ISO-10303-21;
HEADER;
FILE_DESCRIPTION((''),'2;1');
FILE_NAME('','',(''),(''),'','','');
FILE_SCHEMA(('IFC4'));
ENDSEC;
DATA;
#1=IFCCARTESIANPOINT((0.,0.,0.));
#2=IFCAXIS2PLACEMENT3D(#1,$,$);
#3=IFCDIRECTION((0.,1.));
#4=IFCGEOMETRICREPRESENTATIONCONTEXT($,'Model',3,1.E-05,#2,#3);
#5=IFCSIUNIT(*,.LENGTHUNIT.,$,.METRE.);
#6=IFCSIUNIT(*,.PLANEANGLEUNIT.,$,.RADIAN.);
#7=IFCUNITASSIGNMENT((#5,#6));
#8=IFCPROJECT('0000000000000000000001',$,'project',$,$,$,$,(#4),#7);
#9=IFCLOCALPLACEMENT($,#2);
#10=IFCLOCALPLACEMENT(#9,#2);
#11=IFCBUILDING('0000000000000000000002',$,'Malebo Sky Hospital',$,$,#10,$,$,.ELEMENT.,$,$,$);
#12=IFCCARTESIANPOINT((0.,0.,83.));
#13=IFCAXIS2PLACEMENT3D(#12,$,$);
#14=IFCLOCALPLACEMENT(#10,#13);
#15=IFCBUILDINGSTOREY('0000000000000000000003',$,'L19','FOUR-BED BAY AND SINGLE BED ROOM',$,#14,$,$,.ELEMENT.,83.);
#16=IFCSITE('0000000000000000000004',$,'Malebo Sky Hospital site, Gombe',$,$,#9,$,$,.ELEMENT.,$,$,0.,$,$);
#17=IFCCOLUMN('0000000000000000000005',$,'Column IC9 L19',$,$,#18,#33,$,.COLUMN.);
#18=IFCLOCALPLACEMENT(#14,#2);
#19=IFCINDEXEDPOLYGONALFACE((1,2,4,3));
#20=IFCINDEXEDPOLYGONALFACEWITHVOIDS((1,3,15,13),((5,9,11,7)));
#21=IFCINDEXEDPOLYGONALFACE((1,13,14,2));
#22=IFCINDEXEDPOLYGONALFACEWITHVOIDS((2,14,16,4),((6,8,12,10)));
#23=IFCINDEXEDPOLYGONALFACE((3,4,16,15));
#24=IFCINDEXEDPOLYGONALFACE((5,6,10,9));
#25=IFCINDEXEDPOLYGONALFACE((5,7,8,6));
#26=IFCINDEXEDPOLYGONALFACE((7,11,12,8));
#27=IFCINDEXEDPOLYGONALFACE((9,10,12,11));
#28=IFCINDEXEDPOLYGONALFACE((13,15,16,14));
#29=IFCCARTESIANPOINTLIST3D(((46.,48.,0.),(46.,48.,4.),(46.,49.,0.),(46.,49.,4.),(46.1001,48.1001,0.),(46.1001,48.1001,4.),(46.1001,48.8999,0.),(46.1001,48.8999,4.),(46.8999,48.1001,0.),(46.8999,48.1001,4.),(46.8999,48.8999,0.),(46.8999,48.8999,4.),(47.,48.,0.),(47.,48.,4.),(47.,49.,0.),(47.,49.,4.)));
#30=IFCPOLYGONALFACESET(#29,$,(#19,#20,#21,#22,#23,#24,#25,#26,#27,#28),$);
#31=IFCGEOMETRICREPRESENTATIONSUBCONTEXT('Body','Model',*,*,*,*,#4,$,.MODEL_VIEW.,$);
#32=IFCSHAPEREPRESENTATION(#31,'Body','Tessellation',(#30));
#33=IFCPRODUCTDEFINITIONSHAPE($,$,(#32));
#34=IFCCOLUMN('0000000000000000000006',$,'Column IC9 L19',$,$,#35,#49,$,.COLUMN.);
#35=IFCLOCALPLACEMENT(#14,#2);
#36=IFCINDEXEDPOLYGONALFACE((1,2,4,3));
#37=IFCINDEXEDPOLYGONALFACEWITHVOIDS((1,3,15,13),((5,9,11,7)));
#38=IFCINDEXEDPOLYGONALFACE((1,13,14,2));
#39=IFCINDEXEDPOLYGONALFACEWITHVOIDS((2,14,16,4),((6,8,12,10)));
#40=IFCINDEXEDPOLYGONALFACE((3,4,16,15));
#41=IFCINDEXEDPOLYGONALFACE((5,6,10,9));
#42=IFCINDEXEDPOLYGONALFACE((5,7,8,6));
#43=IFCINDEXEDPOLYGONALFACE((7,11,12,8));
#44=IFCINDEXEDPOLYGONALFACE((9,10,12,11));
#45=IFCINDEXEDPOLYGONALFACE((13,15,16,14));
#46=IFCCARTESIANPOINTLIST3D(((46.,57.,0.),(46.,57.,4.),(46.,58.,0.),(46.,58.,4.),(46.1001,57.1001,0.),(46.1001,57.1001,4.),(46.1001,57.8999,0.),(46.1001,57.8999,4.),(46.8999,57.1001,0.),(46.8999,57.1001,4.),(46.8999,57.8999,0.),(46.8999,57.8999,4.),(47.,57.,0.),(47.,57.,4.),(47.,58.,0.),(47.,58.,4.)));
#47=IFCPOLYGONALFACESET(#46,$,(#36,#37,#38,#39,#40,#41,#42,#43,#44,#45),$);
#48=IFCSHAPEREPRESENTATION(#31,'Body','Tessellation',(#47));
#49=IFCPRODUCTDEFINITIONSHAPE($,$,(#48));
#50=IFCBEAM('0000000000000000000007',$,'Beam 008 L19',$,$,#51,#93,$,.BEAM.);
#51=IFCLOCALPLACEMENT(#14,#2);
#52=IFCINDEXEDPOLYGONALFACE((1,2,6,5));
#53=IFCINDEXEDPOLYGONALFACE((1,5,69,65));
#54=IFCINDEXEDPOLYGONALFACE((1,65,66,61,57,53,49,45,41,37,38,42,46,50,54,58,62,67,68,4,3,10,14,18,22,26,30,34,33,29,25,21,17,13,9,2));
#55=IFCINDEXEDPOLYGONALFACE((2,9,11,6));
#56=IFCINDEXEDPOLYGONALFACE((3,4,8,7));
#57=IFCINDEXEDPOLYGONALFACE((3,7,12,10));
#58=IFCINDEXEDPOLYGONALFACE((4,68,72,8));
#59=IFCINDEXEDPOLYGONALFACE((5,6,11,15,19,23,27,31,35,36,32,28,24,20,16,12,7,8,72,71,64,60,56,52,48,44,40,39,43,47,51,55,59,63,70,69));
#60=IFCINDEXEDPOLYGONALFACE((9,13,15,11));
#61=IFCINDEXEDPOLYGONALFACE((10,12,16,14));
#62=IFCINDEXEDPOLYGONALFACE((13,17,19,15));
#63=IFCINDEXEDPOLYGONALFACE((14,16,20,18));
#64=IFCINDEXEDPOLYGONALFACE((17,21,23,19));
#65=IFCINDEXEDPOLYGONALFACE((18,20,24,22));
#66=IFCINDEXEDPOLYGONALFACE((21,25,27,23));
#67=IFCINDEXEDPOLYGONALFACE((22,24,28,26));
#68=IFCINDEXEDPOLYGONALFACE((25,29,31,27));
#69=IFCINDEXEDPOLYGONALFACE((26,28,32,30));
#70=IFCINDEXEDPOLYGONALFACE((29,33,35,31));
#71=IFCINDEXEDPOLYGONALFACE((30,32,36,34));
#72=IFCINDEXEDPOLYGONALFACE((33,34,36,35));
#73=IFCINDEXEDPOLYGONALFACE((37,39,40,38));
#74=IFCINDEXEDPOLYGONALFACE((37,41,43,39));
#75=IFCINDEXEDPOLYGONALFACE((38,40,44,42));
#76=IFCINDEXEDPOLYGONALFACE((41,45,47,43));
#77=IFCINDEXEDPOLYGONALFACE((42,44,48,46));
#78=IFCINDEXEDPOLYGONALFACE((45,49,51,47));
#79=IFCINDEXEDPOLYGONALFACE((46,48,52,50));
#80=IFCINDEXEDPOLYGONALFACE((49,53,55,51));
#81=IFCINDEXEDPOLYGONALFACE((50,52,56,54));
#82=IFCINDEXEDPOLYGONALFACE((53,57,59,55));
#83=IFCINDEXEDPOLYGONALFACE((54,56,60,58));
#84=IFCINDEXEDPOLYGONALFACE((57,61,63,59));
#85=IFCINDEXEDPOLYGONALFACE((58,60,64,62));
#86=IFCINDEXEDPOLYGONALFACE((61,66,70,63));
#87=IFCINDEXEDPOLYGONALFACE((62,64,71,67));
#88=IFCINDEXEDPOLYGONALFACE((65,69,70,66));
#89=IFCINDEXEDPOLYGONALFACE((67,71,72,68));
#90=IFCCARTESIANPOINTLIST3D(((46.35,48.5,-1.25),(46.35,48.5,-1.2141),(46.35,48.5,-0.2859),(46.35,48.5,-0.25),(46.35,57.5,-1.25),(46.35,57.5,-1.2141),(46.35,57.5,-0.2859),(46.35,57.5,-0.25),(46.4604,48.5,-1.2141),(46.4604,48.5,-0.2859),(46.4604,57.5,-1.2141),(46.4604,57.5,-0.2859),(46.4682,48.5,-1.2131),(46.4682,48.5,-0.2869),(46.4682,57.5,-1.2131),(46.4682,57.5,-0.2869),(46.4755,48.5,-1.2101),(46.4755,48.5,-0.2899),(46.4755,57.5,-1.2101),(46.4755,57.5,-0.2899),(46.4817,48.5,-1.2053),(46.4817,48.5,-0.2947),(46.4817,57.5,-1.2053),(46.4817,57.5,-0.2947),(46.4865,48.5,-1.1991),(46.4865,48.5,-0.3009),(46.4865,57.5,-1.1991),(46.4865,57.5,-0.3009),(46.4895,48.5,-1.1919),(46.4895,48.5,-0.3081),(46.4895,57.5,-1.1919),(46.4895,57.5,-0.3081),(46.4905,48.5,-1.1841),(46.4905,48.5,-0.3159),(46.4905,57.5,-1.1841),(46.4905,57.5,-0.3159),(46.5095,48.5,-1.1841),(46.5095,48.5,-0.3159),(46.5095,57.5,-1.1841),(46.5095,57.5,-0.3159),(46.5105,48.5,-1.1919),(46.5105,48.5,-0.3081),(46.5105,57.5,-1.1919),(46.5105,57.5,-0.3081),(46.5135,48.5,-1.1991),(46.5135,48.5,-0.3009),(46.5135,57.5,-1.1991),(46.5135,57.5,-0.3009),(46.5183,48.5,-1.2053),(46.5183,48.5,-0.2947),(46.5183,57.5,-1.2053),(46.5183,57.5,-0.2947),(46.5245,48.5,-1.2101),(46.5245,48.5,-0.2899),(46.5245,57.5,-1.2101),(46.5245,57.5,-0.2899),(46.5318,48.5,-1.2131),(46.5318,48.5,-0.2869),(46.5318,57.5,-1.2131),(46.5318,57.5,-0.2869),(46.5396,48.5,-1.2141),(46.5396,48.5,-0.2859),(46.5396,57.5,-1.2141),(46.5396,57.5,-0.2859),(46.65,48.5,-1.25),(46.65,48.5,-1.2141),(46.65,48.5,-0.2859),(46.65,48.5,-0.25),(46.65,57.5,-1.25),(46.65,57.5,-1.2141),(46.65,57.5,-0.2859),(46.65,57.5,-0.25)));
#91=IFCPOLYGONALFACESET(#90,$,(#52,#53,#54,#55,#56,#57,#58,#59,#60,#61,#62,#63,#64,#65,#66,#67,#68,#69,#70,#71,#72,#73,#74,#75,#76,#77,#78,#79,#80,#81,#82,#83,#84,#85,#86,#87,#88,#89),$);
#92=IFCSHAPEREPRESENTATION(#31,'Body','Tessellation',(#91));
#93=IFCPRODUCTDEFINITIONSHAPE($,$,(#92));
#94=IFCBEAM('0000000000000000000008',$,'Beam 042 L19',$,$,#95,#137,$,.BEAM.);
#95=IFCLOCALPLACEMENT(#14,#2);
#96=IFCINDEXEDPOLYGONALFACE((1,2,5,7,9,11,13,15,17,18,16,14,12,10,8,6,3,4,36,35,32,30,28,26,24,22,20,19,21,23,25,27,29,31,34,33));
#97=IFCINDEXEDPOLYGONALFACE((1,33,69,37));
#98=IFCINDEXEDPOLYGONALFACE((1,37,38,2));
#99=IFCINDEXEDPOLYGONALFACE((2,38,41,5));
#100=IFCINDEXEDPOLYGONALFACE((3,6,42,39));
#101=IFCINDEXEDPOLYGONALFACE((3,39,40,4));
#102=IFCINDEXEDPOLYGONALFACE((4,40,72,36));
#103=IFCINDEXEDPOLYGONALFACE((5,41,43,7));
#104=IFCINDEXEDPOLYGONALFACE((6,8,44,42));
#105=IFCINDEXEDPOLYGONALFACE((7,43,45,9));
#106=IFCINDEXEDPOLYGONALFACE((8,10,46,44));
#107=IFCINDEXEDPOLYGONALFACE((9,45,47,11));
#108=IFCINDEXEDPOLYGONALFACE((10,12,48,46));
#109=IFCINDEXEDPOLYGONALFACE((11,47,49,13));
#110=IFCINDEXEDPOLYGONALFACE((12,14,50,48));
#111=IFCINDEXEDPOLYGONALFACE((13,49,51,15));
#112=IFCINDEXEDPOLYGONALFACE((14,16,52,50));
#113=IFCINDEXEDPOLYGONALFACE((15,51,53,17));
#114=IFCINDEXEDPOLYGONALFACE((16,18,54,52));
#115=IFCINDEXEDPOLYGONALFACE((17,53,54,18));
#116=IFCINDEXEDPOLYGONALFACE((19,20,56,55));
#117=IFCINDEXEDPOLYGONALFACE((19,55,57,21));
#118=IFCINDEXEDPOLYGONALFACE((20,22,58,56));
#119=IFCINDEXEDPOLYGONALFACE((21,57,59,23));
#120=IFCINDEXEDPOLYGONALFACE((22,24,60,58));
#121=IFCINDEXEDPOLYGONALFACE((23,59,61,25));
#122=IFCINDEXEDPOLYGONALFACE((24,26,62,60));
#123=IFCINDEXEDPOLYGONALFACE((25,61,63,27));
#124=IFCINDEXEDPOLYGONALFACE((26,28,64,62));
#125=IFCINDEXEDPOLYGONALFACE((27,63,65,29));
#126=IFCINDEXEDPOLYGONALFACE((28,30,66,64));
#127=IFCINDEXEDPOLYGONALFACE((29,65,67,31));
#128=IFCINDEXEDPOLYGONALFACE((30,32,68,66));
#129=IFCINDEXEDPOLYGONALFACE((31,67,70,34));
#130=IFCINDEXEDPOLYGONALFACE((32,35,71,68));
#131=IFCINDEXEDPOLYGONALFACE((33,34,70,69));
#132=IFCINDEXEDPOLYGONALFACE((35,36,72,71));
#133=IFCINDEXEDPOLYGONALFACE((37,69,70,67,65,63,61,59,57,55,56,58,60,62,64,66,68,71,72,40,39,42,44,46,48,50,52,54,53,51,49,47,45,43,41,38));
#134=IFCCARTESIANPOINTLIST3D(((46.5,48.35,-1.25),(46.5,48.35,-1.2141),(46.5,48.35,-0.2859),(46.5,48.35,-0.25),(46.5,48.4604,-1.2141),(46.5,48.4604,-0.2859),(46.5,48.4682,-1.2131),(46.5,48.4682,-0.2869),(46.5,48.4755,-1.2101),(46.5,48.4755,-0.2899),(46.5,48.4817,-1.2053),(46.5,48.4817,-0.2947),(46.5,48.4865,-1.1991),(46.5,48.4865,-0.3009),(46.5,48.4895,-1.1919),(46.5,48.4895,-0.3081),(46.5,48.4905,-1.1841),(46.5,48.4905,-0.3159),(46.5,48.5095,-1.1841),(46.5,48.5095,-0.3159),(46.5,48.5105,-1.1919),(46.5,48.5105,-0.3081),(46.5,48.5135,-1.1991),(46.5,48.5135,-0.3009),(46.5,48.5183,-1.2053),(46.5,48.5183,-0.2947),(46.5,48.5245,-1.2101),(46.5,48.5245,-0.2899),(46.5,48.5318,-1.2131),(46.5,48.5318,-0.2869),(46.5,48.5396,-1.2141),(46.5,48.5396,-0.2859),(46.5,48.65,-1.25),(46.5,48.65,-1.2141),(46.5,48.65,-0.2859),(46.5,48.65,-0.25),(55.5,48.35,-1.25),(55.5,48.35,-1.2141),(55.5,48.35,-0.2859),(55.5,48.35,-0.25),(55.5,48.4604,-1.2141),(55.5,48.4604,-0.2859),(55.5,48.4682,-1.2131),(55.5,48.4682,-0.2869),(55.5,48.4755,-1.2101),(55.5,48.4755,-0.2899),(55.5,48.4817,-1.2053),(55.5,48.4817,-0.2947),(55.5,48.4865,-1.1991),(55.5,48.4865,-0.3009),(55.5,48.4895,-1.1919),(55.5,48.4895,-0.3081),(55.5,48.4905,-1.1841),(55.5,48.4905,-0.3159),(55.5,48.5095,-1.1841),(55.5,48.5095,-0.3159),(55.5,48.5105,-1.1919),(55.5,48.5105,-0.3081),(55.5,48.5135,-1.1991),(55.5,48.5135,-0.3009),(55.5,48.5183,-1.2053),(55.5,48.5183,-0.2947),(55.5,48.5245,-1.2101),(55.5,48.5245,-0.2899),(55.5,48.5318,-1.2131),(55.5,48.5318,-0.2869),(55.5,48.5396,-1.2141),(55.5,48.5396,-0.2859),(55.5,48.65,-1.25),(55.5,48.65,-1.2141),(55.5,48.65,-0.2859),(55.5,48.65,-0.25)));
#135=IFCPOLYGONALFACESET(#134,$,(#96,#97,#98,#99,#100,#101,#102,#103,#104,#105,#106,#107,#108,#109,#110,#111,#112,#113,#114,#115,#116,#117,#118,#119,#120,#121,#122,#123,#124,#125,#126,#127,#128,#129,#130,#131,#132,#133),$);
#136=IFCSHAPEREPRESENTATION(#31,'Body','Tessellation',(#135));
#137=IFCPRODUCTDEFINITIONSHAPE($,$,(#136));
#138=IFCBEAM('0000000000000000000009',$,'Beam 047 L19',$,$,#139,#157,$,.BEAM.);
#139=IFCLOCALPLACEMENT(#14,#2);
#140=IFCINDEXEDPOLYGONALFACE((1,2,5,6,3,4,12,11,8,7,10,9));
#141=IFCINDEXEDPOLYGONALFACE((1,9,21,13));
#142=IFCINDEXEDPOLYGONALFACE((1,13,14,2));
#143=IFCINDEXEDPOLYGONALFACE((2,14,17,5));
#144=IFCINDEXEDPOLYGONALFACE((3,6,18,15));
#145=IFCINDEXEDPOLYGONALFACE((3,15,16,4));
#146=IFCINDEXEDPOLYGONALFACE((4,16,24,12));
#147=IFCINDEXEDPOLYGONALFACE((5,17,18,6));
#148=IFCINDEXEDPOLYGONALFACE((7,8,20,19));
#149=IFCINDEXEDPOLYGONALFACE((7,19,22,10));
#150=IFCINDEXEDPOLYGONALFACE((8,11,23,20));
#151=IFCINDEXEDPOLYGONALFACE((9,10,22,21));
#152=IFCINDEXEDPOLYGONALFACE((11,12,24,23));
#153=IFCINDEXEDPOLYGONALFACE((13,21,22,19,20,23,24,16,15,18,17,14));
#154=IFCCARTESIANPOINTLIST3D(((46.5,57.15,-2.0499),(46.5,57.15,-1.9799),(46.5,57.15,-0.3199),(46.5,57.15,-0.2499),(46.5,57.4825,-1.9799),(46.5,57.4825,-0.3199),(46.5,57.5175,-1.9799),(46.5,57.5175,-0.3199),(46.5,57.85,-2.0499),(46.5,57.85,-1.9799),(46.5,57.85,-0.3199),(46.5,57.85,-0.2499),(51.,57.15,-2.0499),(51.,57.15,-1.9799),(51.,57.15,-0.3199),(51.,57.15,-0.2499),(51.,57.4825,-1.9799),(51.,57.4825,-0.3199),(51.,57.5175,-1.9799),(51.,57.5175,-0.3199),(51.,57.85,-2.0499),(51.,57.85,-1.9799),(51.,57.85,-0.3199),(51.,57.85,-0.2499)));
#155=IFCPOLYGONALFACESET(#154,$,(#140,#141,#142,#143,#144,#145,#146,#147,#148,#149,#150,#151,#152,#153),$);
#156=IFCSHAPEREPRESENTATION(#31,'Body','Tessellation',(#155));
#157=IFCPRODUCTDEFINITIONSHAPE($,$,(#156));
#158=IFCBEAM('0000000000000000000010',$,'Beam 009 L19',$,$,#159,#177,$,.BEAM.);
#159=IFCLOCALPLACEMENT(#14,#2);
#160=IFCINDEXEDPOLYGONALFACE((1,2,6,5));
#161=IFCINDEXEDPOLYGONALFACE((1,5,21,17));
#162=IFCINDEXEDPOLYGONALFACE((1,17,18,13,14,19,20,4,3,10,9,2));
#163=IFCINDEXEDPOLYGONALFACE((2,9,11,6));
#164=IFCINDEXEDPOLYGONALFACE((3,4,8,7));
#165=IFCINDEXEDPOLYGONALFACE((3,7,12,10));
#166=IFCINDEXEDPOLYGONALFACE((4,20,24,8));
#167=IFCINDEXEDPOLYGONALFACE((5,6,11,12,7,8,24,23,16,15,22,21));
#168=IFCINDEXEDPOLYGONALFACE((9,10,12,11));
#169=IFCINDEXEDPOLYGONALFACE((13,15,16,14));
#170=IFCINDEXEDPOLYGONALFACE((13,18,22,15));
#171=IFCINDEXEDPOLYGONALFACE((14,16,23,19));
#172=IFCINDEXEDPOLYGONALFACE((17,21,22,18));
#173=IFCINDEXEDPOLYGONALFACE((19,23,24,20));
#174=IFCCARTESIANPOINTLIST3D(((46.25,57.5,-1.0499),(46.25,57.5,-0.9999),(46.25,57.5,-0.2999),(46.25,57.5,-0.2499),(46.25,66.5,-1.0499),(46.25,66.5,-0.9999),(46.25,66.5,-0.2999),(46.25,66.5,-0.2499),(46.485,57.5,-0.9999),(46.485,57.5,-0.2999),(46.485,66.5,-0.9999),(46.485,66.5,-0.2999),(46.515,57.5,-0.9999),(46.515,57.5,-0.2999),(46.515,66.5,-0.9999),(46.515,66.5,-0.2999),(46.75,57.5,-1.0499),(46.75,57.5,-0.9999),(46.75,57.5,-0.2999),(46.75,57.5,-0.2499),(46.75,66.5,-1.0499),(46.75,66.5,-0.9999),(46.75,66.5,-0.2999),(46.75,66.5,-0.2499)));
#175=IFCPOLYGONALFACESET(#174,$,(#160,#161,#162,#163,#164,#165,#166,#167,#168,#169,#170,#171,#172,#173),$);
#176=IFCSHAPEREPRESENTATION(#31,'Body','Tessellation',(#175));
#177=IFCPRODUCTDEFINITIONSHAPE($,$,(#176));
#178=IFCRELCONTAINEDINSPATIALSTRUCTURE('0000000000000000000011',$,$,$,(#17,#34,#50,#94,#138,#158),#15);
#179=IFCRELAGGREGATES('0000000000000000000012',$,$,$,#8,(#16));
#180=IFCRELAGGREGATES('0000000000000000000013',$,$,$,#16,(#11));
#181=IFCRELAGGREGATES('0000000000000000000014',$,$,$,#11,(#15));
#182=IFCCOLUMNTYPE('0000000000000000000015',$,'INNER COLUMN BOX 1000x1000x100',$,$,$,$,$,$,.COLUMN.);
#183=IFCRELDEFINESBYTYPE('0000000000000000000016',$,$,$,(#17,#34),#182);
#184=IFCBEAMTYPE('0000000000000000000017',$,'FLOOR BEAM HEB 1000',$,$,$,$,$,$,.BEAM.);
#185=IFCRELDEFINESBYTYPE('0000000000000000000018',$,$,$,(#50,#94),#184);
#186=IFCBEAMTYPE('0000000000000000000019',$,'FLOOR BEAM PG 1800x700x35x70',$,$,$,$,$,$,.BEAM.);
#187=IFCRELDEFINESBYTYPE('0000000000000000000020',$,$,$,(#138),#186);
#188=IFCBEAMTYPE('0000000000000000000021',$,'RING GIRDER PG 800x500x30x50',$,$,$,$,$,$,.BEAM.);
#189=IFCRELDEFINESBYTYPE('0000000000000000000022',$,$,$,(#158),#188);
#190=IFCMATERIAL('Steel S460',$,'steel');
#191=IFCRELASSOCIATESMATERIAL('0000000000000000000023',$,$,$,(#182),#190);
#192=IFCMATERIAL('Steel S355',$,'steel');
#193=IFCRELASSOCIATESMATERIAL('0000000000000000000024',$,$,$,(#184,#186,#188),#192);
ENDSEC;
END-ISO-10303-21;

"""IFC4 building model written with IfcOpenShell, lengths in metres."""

from ifc_helpers import new_model, si_unit, direction, frame, origin, origin_2d, place, context, subcontext, project, spatial, hollow_rectangle, i_section, extrude, material, material_profile, profile_set, type_object, element, save


model = new_model("IFC4")

# Units and contexts
model_context = context("Model", 3, precision=1e-05, world=origin(), true_north=direction((0.0, 1.0)))
body_context = subcontext(model_context, "Body", "Model", "MODEL_VIEW")
ifc_project = project(units=[si_unit("LENGTHUNIT", "METRE"), si_unit("PLANEANGLEUNIT", "RADIAN")], contexts=[model_context])

# Site, building, storey
site_placement = place(None, origin())
site = spatial("IfcSite", under=ifc_project, at=site_placement, Name="Malebo Sky Hospital site, Gombe", CompositionType="ELEMENT", RefElevation=0.0)
building_placement = place(site_placement, origin())
building = spatial("IfcBuilding", under=site, at=building_placement, Name="Malebo Sky Hospital", CompositionType="ELEMENT")
storey_placement = place(building_placement, frame((0.0, 0.0, 83.0)))
storey = spatial("IfcBuildingStorey", under=building, at=storey_placement, Name="L19", Description="FOUR-BED BAY AND SINGLE BED ROOM", CompositionType="ELEMENT", Elevation=83.0)

# Columns
ifc_material_1 = material(Name="Steel S460", Category="steel")
ifc_material_profile_1 = material_profile(ifc_material_1, hollow_rectangle(XDim=1.0, YDim=1.0, WallThickness=0.1001, at=origin_2d()), Name="BOX 1000x1000x100")
ifc_profile_set_1 = profile_set([ifc_material_profile_1], Name="Steel S460")
column_type = type_object("IfcColumnType", Name="INNER COLUMN BOX 1000x1000x100", PredefinedType="COLUMN", material=ifc_profile_set_1)
for number, where, z_axis, x_axis, name in (
    (1, (46.5, 48.5, 0.0), (0.0, 0.0, 1.0), (1.0, 0.0, 0.0), "Column IC9 L19"),
    (2, (46.5, 57.5, 0.0), (0.0, 0.0, 1.0), (1.0, 0.0, 0.0), "Column IC9 L19"),
):
    element("IfcColumn", number, at=place(storey_placement, frame(where, z_axis=z_axis, x_axis=x_axis)), inside=storey, type_object=column_type, Name=name, PredefinedType="COLUMN", context=body_context, shape_type="SweptSolid", body=[
        extrude(hollow_rectangle(XDim=1.0, YDim=1.0, WallThickness=0.1001, at=origin_2d()), origin(), (0.0, 0.0, 1.0), 4.0),
    ])

# Beams
ifc_material_2 = material(Name="Steel S355", Category="steel")
ifc_material_profile_2 = material_profile(ifc_material_2, i_section(OverallWidth=0.3, OverallDepth=1.0, WebThickness=0.019, FlangeThickness=0.0359, FilletRadius=0.03, at=origin_2d()), Name="HEB 1000")
ifc_profile_set_2 = profile_set([ifc_material_profile_2], Name="Steel S355")
beam_type_1 = type_object("IfcBeamType", Name="FLOOR BEAM HEB 1000", PredefinedType="BEAM", material=ifc_profile_set_2)
for number, where, z_axis, x_axis, name in (
    (3, (46.5, 48.5, -0.75), (0.0, 1.0, 0.0), (-1.0, 0.0, 0.0), "Beam 008 L19"),
    (4, (46.5, 48.5, -0.75), (1.0, 0.0, 0.0), (0.0, 1.0, 0.0), "Beam 042 L19"),
):
    element("IfcBeam", number, at=place(storey_placement, frame(where, z_axis=z_axis, x_axis=x_axis)), inside=storey, type_object=beam_type_1, Name=name, PredefinedType="BEAM", context=body_context, shape_type="SweptSolid", body=[
        extrude(i_section(OverallWidth=0.3, OverallDepth=1.0, WebThickness=0.019, FlangeThickness=0.0359, FilletRadius=0.03, at=origin_2d()), origin(), (0.0, 0.0, 1.0), 9.0),
    ])
ifc_material_profile_3 = material_profile(ifc_material_2, i_section(OverallWidth=0.7, OverallDepth=1.8, WebThickness=0.0349, FlangeThickness=0.0701, at=origin_2d()), Name="PG 1800x700x35x70")
ifc_profile_set_3 = profile_set([ifc_material_profile_3], Name="Steel S355")
beam_type_2 = type_object("IfcBeamType", Name="FLOOR BEAM PG 1800x700x35x70", PredefinedType="BEAM", material=ifc_profile_set_3)
beam_1_placement = place(storey_placement, frame((46.5, 57.5, -1.1499), z_axis=(1.0, 0.0, 0.0), x_axis=(0.0, 1.0, 0.0)))
element("IfcBeam", 5, at=beam_1_placement, inside=storey, type_object=beam_type_2, Name="Beam 047 L19", PredefinedType="BEAM", context=body_context, shape_type="SweptSolid", body=[
    extrude(i_section(OverallWidth=0.7, OverallDepth=1.8, WebThickness=0.0349, FlangeThickness=0.0701, at=origin_2d()), origin(), (0.0, 0.0, 1.0), 4.5),
])
ifc_material_profile_4 = material_profile(ifc_material_2, i_section(OverallWidth=0.5, OverallDepth=0.8, WebThickness=0.03, FlangeThickness=0.05, at=origin_2d()), Name="PG 800x500x30x50")
ifc_profile_set_4 = profile_set([ifc_material_profile_4], Name="Steel S355")
beam_type_3 = type_object("IfcBeamType", Name="RING GIRDER PG 800x500x30x50", PredefinedType="BEAM", material=ifc_profile_set_4)
beam_2_placement = place(storey_placement, frame((46.5, 57.5, -0.6499), z_axis=(0.0, 1.0, 0.0), x_axis=(-1.0, 0.0, 0.0)))
element("IfcBeam", 6, at=beam_2_placement, inside=storey, type_object=beam_type_3, Name="Beam 009 L19", PredefinedType="BEAM", context=body_context, shape_type="SweptSolid", body=[
    extrude(i_section(OverallWidth=0.5, OverallDepth=0.8, WebThickness=0.03, FlangeThickness=0.05, at=origin_2d()), origin(), (0.0, 0.0, 1.0), 9.0),
])

save(model, "model.ifc")
